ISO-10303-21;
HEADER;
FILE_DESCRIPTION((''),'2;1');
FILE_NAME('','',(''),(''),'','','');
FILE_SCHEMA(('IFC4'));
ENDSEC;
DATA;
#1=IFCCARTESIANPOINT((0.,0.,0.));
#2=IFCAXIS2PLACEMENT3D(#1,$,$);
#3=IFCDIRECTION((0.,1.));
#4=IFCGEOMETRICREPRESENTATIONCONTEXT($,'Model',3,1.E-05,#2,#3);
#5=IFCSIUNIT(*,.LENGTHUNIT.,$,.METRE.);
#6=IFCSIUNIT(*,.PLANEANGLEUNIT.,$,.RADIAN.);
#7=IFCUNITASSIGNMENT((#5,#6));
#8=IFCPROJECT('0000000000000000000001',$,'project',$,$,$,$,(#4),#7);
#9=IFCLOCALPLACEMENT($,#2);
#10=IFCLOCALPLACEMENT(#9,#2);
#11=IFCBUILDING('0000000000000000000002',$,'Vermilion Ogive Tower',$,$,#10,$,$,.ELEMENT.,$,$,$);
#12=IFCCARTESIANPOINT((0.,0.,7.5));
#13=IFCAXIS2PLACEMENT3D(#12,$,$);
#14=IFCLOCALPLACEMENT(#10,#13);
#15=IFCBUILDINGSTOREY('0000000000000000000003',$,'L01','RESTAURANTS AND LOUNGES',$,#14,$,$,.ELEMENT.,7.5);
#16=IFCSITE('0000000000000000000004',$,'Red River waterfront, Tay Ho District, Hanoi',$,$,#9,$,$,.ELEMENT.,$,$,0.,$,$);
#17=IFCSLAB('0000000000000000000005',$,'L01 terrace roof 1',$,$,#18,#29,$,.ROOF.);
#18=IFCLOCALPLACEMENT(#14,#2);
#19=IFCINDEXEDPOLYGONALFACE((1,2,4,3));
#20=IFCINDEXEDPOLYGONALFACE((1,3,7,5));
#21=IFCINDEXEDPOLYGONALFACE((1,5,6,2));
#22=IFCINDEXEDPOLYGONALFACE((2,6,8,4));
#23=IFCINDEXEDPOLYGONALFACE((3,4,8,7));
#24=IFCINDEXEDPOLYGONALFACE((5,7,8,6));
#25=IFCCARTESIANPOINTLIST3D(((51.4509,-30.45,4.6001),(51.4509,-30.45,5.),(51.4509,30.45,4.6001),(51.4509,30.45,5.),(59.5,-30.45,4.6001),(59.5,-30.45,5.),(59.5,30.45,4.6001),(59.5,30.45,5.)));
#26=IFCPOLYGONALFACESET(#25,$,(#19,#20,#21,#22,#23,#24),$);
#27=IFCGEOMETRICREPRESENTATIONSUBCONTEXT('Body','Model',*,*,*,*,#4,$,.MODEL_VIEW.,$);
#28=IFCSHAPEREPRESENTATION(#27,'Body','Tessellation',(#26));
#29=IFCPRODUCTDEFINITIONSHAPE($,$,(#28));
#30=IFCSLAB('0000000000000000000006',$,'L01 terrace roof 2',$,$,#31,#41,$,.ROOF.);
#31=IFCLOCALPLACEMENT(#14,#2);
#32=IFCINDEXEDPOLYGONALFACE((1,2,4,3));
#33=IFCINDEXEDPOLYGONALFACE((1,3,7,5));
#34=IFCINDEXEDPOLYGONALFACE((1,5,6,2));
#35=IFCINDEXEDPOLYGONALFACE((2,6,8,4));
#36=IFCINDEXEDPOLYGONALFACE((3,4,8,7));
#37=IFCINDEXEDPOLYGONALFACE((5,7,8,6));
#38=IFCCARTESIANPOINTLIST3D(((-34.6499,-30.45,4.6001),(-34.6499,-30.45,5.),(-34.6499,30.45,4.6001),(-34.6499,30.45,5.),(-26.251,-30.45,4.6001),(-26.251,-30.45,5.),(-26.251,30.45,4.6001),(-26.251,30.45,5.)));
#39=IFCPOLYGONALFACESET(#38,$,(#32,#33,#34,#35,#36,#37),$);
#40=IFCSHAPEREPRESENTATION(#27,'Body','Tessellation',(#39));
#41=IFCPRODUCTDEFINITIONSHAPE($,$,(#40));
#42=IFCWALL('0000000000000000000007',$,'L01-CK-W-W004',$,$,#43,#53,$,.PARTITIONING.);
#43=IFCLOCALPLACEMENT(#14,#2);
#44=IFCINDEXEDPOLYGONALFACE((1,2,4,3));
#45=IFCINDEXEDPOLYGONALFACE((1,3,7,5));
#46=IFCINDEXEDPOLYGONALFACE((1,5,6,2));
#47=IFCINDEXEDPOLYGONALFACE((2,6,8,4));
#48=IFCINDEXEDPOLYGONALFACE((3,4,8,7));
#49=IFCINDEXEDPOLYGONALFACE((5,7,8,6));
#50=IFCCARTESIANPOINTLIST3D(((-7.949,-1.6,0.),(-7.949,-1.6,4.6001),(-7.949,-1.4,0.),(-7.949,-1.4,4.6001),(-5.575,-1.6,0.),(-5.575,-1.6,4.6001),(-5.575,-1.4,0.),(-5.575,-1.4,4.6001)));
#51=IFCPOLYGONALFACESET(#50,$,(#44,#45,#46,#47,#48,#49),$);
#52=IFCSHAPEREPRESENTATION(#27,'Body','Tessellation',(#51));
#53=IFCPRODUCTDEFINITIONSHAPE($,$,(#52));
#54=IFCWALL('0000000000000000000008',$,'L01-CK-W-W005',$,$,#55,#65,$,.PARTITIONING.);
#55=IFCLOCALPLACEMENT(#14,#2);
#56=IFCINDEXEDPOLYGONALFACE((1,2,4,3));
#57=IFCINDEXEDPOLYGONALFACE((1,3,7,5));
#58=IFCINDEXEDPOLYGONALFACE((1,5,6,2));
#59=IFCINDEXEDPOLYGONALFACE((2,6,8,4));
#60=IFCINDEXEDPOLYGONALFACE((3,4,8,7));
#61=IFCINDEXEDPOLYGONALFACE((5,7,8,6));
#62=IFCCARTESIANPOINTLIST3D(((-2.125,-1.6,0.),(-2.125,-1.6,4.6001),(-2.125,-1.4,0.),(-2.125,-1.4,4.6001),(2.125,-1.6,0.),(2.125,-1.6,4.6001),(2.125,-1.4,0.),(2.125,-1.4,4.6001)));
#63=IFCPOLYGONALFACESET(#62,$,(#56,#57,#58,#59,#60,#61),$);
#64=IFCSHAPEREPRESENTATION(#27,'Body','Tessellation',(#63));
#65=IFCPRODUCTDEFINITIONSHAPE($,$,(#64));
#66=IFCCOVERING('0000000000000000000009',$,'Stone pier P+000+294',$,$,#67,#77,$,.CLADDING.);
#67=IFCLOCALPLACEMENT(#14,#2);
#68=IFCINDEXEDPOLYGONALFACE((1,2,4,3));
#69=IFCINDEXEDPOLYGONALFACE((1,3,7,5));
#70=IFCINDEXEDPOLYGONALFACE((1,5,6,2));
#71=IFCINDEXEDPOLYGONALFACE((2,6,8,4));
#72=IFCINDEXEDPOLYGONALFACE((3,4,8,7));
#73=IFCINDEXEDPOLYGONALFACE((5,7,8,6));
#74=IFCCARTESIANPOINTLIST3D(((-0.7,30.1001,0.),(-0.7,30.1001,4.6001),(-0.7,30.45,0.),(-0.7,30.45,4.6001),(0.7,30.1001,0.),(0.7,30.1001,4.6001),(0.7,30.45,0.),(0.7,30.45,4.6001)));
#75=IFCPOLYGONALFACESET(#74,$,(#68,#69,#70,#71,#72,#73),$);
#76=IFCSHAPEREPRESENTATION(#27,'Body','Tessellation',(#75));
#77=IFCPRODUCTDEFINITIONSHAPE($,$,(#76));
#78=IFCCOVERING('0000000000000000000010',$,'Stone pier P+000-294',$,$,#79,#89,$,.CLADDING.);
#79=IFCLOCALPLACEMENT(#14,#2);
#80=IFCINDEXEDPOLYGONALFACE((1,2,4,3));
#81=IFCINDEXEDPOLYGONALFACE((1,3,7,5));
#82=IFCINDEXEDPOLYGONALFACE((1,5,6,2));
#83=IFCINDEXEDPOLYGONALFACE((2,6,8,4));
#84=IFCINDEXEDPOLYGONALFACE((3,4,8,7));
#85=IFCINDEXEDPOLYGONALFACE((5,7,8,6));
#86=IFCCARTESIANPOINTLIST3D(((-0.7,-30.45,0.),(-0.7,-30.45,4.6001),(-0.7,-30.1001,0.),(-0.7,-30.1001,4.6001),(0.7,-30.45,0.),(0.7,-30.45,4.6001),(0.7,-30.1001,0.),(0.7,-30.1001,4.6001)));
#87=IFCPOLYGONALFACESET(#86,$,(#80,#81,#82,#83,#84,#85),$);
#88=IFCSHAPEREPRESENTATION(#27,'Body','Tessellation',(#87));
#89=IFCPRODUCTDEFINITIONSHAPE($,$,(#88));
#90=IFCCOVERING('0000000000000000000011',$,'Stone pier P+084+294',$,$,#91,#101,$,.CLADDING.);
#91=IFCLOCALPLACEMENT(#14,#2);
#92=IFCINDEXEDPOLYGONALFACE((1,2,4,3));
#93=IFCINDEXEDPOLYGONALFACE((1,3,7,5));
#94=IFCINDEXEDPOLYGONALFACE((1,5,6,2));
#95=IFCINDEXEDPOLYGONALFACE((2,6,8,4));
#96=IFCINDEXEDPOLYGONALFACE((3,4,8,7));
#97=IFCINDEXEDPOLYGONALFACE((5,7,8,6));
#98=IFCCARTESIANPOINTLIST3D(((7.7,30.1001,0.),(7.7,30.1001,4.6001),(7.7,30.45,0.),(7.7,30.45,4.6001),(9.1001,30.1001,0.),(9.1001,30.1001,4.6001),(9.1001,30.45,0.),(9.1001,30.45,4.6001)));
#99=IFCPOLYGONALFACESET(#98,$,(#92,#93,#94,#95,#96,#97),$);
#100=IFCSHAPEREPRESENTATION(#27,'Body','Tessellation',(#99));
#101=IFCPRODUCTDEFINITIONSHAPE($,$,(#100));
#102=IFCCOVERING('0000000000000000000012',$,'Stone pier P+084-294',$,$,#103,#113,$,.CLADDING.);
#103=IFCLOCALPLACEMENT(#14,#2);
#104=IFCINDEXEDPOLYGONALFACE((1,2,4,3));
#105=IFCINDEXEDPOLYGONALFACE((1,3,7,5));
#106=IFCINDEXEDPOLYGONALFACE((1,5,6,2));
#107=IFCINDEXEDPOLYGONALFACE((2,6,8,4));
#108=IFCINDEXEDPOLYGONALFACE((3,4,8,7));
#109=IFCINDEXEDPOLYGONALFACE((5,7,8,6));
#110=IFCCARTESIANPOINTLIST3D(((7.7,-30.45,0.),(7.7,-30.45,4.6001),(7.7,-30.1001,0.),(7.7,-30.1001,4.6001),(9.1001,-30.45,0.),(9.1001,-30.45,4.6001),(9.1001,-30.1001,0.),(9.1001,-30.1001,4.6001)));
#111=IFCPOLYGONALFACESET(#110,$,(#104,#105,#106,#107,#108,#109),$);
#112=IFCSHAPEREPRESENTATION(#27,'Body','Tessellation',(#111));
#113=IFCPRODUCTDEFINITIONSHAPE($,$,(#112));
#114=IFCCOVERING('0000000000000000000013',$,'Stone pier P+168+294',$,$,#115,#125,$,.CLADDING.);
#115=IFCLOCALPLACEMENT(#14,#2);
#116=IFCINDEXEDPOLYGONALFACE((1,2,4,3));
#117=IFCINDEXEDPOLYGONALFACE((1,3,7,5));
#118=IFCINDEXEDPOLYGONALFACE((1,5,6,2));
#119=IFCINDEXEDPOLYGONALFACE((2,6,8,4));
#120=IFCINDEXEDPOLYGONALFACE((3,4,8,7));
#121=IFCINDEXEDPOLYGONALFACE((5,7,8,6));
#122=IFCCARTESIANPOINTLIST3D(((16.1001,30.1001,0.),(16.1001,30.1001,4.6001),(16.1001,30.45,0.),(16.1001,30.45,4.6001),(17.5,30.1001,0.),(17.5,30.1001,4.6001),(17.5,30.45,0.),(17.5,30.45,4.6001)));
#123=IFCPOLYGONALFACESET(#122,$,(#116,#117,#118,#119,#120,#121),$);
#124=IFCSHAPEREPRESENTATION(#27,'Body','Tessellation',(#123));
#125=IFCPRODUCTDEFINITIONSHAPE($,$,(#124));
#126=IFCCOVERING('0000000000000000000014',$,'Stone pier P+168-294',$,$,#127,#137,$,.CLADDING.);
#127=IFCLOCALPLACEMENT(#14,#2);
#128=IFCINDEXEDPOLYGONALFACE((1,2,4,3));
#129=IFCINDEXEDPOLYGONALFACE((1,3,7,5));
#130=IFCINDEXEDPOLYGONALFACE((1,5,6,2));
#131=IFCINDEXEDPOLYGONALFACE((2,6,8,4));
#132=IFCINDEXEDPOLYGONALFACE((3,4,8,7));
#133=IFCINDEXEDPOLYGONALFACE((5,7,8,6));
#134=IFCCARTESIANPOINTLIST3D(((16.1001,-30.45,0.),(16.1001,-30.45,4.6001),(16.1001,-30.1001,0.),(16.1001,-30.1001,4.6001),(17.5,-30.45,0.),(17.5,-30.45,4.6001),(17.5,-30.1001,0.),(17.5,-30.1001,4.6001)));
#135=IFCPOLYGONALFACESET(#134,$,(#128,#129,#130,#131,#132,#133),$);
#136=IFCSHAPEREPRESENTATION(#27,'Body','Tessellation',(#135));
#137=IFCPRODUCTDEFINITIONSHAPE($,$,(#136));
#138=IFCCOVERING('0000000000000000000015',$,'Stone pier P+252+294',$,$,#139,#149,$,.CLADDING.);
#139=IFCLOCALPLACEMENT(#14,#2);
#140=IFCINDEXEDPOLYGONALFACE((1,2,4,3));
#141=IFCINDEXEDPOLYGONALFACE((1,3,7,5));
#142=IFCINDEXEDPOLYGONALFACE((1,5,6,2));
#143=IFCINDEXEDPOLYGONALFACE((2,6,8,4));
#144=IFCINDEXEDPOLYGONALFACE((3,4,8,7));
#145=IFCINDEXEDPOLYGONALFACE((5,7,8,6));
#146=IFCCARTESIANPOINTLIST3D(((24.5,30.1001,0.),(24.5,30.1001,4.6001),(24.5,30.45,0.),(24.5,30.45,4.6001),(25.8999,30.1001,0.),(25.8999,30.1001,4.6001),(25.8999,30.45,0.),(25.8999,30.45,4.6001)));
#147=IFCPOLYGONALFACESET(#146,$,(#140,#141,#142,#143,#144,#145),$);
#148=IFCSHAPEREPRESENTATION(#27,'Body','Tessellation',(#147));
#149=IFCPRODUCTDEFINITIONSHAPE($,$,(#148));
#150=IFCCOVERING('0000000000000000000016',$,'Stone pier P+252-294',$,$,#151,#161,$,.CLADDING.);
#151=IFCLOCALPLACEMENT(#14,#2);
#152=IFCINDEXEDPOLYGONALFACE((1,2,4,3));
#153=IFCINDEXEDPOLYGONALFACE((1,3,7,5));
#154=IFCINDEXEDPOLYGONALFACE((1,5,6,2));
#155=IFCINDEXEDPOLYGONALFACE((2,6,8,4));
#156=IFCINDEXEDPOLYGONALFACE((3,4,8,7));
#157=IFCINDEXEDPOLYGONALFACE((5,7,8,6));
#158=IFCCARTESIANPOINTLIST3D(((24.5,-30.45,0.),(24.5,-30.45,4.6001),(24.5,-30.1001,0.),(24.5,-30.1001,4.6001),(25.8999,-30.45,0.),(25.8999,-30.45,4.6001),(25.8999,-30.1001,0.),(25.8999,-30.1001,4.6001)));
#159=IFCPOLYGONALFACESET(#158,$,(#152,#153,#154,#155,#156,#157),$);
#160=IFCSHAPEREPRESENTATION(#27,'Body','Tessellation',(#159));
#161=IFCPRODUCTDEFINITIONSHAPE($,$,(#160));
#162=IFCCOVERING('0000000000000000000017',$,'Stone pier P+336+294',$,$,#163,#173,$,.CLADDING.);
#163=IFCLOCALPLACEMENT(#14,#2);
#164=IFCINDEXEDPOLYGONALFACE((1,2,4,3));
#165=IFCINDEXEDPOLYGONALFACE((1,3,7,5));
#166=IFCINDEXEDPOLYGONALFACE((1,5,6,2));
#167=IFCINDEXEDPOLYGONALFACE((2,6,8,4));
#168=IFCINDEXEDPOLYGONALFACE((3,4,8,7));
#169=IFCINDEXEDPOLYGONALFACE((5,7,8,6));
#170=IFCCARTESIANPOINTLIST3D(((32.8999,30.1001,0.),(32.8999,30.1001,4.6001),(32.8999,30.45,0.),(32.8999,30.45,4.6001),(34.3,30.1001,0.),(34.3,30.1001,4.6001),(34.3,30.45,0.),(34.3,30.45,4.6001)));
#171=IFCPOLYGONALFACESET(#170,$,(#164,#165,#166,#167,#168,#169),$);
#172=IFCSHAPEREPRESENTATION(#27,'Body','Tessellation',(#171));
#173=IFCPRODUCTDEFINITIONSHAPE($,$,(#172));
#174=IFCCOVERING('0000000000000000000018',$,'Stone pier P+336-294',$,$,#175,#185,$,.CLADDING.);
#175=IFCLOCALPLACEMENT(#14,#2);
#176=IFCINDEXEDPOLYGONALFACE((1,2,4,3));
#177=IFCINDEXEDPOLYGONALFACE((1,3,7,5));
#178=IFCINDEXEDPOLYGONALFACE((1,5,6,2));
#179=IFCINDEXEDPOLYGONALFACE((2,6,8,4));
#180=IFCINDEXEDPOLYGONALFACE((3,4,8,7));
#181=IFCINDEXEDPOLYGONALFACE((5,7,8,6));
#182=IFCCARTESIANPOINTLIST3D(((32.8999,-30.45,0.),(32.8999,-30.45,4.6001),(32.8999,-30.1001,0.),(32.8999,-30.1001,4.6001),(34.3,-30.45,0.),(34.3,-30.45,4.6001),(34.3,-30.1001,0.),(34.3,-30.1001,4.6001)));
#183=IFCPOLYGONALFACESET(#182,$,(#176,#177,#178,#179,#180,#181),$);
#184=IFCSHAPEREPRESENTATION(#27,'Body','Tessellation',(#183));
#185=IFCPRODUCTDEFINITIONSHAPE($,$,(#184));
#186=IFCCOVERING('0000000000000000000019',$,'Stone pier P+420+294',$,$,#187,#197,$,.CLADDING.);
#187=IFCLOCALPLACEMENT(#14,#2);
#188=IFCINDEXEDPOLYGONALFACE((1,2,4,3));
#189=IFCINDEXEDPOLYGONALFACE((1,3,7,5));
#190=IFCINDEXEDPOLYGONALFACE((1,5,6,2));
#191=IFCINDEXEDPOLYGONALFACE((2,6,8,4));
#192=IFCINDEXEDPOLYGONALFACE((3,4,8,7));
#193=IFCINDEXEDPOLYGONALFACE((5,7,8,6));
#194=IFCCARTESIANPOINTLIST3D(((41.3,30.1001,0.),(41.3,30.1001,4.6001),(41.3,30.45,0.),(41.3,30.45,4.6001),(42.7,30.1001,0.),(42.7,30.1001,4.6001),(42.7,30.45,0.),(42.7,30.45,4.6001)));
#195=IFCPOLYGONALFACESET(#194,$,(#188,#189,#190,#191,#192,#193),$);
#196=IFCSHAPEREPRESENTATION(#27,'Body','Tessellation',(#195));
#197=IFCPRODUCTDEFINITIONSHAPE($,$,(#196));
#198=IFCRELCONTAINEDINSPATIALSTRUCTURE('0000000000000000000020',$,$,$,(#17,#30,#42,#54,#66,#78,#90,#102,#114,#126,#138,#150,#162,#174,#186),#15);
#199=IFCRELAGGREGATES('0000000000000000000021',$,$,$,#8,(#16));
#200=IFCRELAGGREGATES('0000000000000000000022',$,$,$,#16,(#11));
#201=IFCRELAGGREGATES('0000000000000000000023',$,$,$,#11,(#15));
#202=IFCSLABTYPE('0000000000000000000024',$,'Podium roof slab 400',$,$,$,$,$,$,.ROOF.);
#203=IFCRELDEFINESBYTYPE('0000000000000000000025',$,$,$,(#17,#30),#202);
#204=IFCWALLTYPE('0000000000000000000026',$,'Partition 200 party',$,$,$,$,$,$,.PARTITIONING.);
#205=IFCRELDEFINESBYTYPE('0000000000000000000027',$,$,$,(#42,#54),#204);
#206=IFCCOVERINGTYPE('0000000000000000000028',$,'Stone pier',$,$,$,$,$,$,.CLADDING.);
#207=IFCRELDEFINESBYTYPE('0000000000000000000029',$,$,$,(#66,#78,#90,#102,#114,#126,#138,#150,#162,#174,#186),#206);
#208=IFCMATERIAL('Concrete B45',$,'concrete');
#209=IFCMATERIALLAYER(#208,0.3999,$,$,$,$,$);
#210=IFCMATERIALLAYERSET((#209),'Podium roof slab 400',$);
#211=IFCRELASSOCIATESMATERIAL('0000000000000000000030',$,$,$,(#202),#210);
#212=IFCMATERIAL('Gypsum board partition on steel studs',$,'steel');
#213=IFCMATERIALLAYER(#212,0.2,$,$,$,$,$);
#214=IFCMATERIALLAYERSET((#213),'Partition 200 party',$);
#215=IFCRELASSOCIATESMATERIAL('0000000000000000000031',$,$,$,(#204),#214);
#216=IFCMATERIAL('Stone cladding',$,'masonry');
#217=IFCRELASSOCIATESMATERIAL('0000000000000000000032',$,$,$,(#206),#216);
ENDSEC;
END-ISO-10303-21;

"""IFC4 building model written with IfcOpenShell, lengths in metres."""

from ifc_helpers import new_model, si_unit, direction, frame, frame_2d, origin, place, context, subcontext, project, spatial, polyline, rectangle, outline, extrude, material, layer, layer_set, type_object, element, save


model = new_model("IFC4")

# Units and contexts
model_context = context("Model", 3, precision=1e-05, world=origin(), true_north=direction((0.0, 1.0)))
body_context = subcontext(model_context, "Body", "Model", "MODEL_VIEW")
ifc_project = project(units=[si_unit("LENGTHUNIT", "METRE"), si_unit("PLANEANGLEUNIT", "RADIAN")], contexts=[model_context])

# Site, building, storey
site_placement = place(None, origin())
site = spatial("IfcSite", under=ifc_project, at=site_placement, Name="Red River waterfront, Tay Ho District, Hanoi", CompositionType="ELEMENT", RefElevation=0.0)
building_placement = place(site_placement, origin())
building = spatial("IfcBuilding", under=site, at=building_placement, Name="Vermilion Ogive Tower", CompositionType="ELEMENT")
storey_placement = place(building_placement, frame((0.0, 0.0, 7.5)))
storey = spatial("IfcBuildingStorey", under=building, at=storey_placement, Name="L01", Description="RESTAURANTS AND LOUNGES", CompositionType="ELEMENT", Elevation=7.5)

# Slabs
ifc_material_1 = material(Name="Concrete B45", Category="concrete")
ifc_layer_1 = layer(ifc_material_1, 0.3999)
ifc_layer_set_1 = layer_set([ifc_layer_1], Name="Podium roof slab 400")
slab_type_1 = type_object("IfcSlabType", Name="Podium roof slab 400", PredefinedType="ROOF", material=ifc_layer_set_1)
slab_1_placement = place(storey_placement, frame((0.0, 0.0, 4.6001)))
element("IfcSlab", 1, at=slab_1_placement, inside=storey, type_object=slab_type_1, Name="L01 terrace roof 1", PredefinedType="ROOF", context=body_context, shape_type="SweptSolid", body=[
    extrude(outline(polyline([(59.5, 30.45), (51.4509, 30.45), (51.4509, -30.45), (59.5, -30.45), (59.5, 30.45)])), origin(), (0.0, 0.0, 1.0), 0.3999),
])
slab_2_placement = place(storey_placement, frame((0.0, 0.0, 4.6001)))
element("IfcSlab", 2, at=slab_2_placement, inside=storey, type_object=slab_type_1, Name="L01 terrace roof 2", PredefinedType="ROOF", context=body_context, shape_type="SweptSolid", body=[
    extrude(outline(polyline([(-34.6499, -30.45), (-26.251, -30.45), (-26.251, 30.45), (-34.6499, 30.45), (-34.6499, -30.45)])), origin(), (0.0, 0.0, 1.0), 0.3999),
])

# Walls
ifc_material_2 = material(Name="Gypsum board partition on steel studs", Category="steel")
ifc_layer_2 = layer(ifc_material_2, 0.2)
ifc_layer_set_2 = layer_set([ifc_layer_2], Name="Partition 200 party")
wall_type = type_object("IfcWallType", Name="Partition 200 party", PredefinedType="PARTITIONING", material=ifc_layer_set_2)
wall_1_placement = place(storey_placement, frame((-7.949, -1.5, 0.0), z_axis=(0.0, 0.0, 1.0), x_axis=(1.0, 0.0, 0.0)))
element("IfcWall", 3, at=wall_1_placement, inside=storey, type_object=wall_type, Name="L01-CK-W-W004", PredefinedType="PARTITIONING", context=body_context, shape_type="SweptSolid", body=[
    extrude(rectangle(XDim=2.374, YDim=0.2, at=frame_2d((1.187, 0.0))), origin(), (0.0, 0.0, 1.0), 4.6001),
])
wall_2_placement = place(storey_placement, frame((-2.125, -1.5, 0.0), z_axis=(0.0, 0.0, 1.0), x_axis=(1.0, 0.0, 0.0)))
element("IfcWall", 4, at=wall_2_placement, inside=storey, type_object=wall_type, Name="L01-CK-W-W005", PredefinedType="PARTITIONING", context=body_context, shape_type="SweptSolid", body=[
    extrude(rectangle(XDim=4.25, YDim=0.2, at=frame_2d((2.125, 0.0))), origin(), (0.0, 0.0, 1.0), 4.6001),
])

# Coverings
ifc_material_3 = material(Name="Stone cladding", Category="masonry")
covering_type = type_object("IfcCoveringType", Name="Stone pier", PredefinedType="CLADDING", material=ifc_material_3)
covering_1_placement = place(storey_placement, origin())
element("IfcCovering", 5, at=covering_1_placement, inside=storey, type_object=covering_type, Name="Stone pier P+000+294", PredefinedType="CLADDING", context=body_context, shape_type="SweptSolid", body=[
    extrude(outline(polyline([(-0.7, 30.1001), (-0.7, 30.1001), (-0.7, 30.45), (0.7, 30.45), (0.7, 30.1001), (0.7, 30.1001), (-0.7, 30.1001)])), origin(), (0.0, 0.0, 1.0), 4.6001),
])
covering_2_placement = place(storey_placement, origin())
element("IfcCovering", 6, at=covering_2_placement, inside=storey, type_object=covering_type, Name="Stone pier P+000-294", PredefinedType="CLADDING", context=body_context, shape_type="SweptSolid", body=[
    extrude(outline(polyline([(0.7, -30.1001), (0.7, -30.1001), (0.7, -30.45), (-0.7, -30.45), (-0.7, -30.1001), (-0.7, -30.1001), (0.7, -30.1001)])), origin(), (0.0, 0.0, 1.0), 4.6001),
])
covering_3_placement = place(storey_placement, origin())
element("IfcCovering", 7, at=covering_3_placement, inside=storey, type_object=covering_type, Name="Stone pier P+084+294", PredefinedType="CLADDING", context=body_context, shape_type="SweptSolid", body=[
    extrude(outline(polyline([(7.7, 30.1001), (7.7, 30.1001), (7.7, 30.45), (9.1001, 30.45), (9.1001, 30.1001), (9.1001, 30.1001), (7.7, 30.1001)])), origin(), (0.0, 0.0, 1.0), 4.6001),
])
covering_4_placement = place(storey_placement, origin())
element("IfcCovering", 8, at=covering_4_placement, inside=storey, type_object=covering_type, Name="Stone pier P+084-294", PredefinedType="CLADDING", context=body_context, shape_type="SweptSolid", body=[
    extrude(outline(polyline([(9.1001, -30.1001), (9.1001, -30.1001), (9.1001, -30.45), (7.7, -30.45), (7.7, -30.1001), (7.7, -30.1001), (9.1001, -30.1001)])), origin(), (0.0, 0.0, 1.0), 4.6001),
])
covering_5_placement = place(storey_placement, origin())
element("IfcCovering", 9, at=covering_5_placement, inside=storey, type_object=covering_type, Name="Stone pier P+168+294", PredefinedType="CLADDING", context=body_context, shape_type="SweptSolid", body=[
    extrude(outline(polyline([(16.1001, 30.1001), (16.1001, 30.45), (17.5, 30.45), (17.5, 30.1001), (17.5, 30.1001), (16.1001, 30.1001)])), origin(), (0.0, 0.0, 1.0), 4.6001),
])
covering_6_placement = place(storey_placement, origin())
element("IfcCovering", 10, at=covering_6_placement, inside=storey, type_object=covering_type, Name="Stone pier P+168-294", PredefinedType="CLADDING", context=body_context, shape_type="SweptSolid", body=[
    extrude(outline(polyline([(17.5, -30.1001), (17.5, -30.45), (16.1001, -30.45), (16.1001, -30.1001), (17.5, -30.1001), (17.5, -30.1001)])), origin(), (0.0, 0.0, 1.0), 4.6001),
])
covering_7_placement = place(storey_placement, origin())
element("IfcCovering", 11, at=covering_7_placement, inside=storey, type_object=covering_type, Name="Stone pier P+252+294", PredefinedType="CLADDING", context=body_context, shape_type="SweptSolid", body=[
    extrude(outline(polyline([(24.5, 30.45), (25.8999, 30.45), (25.8999, 30.1001), (24.5, 30.1001), (24.5, 30.45)])), origin(), (0.0, 0.0, 1.0), 4.6001),
])
covering_8_placement = place(storey_placement, origin())
element("IfcCovering", 12, at=covering_8_placement, inside=storey, type_object=covering_type, Name="Stone pier P+252-294", PredefinedType="CLADDING", context=body_context, shape_type="SweptSolid", body=[
    extrude(outline(polyline([(25.8999, -30.1001), (25.8999, -30.45), (24.5, -30.45), (24.5, -30.1001), (24.5, -30.1001), (25.8999, -30.1001)])), origin(), (0.0, 0.0, 1.0), 4.6001),
])
covering_9_placement = place(storey_placement, origin())
element("IfcCovering", 13, at=covering_9_placement, inside=storey, type_object=covering_type, Name="Stone pier P+336+294", PredefinedType="CLADDING", context=body_context, shape_type="SweptSolid", body=[
    extrude(outline(polyline([(32.8999, 30.45), (34.3, 30.45), (34.3, 30.1001), (32.8999, 30.1001), (32.8999, 30.45)])), origin(), (0.0, 0.0, 1.0), 4.6001),
])
covering_10_placement = place(storey_placement, origin())
element("IfcCovering", 14, at=covering_10_placement, inside=storey, type_object=covering_type, Name="Stone pier P+336-294", PredefinedType="CLADDING", context=body_context, shape_type="SweptSolid", body=[
    extrude(outline(polyline([(34.3, -30.45), (32.8999, -30.45), (32.8999, -30.1001), (34.3, -30.1001), (34.3, -30.45)])), origin(), (0.0, 0.0, 1.0), 4.6001),
])
covering_11_placement = place(storey_placement, origin())
element("IfcCovering", 15, at=covering_11_placement, inside=storey, type_object=covering_type, Name="Stone pier P+420+294", PredefinedType="CLADDING", context=body_context, shape_type="SweptSolid", body=[
    extrude(outline(polyline([(41.3, 30.45), (42.7, 30.45), (42.7, 30.1001), (41.3, 30.1001), (41.3, 30.45)])), origin(), (0.0, 0.0, 1.0), 4.6001),
])

save(model, "model.ifc")
